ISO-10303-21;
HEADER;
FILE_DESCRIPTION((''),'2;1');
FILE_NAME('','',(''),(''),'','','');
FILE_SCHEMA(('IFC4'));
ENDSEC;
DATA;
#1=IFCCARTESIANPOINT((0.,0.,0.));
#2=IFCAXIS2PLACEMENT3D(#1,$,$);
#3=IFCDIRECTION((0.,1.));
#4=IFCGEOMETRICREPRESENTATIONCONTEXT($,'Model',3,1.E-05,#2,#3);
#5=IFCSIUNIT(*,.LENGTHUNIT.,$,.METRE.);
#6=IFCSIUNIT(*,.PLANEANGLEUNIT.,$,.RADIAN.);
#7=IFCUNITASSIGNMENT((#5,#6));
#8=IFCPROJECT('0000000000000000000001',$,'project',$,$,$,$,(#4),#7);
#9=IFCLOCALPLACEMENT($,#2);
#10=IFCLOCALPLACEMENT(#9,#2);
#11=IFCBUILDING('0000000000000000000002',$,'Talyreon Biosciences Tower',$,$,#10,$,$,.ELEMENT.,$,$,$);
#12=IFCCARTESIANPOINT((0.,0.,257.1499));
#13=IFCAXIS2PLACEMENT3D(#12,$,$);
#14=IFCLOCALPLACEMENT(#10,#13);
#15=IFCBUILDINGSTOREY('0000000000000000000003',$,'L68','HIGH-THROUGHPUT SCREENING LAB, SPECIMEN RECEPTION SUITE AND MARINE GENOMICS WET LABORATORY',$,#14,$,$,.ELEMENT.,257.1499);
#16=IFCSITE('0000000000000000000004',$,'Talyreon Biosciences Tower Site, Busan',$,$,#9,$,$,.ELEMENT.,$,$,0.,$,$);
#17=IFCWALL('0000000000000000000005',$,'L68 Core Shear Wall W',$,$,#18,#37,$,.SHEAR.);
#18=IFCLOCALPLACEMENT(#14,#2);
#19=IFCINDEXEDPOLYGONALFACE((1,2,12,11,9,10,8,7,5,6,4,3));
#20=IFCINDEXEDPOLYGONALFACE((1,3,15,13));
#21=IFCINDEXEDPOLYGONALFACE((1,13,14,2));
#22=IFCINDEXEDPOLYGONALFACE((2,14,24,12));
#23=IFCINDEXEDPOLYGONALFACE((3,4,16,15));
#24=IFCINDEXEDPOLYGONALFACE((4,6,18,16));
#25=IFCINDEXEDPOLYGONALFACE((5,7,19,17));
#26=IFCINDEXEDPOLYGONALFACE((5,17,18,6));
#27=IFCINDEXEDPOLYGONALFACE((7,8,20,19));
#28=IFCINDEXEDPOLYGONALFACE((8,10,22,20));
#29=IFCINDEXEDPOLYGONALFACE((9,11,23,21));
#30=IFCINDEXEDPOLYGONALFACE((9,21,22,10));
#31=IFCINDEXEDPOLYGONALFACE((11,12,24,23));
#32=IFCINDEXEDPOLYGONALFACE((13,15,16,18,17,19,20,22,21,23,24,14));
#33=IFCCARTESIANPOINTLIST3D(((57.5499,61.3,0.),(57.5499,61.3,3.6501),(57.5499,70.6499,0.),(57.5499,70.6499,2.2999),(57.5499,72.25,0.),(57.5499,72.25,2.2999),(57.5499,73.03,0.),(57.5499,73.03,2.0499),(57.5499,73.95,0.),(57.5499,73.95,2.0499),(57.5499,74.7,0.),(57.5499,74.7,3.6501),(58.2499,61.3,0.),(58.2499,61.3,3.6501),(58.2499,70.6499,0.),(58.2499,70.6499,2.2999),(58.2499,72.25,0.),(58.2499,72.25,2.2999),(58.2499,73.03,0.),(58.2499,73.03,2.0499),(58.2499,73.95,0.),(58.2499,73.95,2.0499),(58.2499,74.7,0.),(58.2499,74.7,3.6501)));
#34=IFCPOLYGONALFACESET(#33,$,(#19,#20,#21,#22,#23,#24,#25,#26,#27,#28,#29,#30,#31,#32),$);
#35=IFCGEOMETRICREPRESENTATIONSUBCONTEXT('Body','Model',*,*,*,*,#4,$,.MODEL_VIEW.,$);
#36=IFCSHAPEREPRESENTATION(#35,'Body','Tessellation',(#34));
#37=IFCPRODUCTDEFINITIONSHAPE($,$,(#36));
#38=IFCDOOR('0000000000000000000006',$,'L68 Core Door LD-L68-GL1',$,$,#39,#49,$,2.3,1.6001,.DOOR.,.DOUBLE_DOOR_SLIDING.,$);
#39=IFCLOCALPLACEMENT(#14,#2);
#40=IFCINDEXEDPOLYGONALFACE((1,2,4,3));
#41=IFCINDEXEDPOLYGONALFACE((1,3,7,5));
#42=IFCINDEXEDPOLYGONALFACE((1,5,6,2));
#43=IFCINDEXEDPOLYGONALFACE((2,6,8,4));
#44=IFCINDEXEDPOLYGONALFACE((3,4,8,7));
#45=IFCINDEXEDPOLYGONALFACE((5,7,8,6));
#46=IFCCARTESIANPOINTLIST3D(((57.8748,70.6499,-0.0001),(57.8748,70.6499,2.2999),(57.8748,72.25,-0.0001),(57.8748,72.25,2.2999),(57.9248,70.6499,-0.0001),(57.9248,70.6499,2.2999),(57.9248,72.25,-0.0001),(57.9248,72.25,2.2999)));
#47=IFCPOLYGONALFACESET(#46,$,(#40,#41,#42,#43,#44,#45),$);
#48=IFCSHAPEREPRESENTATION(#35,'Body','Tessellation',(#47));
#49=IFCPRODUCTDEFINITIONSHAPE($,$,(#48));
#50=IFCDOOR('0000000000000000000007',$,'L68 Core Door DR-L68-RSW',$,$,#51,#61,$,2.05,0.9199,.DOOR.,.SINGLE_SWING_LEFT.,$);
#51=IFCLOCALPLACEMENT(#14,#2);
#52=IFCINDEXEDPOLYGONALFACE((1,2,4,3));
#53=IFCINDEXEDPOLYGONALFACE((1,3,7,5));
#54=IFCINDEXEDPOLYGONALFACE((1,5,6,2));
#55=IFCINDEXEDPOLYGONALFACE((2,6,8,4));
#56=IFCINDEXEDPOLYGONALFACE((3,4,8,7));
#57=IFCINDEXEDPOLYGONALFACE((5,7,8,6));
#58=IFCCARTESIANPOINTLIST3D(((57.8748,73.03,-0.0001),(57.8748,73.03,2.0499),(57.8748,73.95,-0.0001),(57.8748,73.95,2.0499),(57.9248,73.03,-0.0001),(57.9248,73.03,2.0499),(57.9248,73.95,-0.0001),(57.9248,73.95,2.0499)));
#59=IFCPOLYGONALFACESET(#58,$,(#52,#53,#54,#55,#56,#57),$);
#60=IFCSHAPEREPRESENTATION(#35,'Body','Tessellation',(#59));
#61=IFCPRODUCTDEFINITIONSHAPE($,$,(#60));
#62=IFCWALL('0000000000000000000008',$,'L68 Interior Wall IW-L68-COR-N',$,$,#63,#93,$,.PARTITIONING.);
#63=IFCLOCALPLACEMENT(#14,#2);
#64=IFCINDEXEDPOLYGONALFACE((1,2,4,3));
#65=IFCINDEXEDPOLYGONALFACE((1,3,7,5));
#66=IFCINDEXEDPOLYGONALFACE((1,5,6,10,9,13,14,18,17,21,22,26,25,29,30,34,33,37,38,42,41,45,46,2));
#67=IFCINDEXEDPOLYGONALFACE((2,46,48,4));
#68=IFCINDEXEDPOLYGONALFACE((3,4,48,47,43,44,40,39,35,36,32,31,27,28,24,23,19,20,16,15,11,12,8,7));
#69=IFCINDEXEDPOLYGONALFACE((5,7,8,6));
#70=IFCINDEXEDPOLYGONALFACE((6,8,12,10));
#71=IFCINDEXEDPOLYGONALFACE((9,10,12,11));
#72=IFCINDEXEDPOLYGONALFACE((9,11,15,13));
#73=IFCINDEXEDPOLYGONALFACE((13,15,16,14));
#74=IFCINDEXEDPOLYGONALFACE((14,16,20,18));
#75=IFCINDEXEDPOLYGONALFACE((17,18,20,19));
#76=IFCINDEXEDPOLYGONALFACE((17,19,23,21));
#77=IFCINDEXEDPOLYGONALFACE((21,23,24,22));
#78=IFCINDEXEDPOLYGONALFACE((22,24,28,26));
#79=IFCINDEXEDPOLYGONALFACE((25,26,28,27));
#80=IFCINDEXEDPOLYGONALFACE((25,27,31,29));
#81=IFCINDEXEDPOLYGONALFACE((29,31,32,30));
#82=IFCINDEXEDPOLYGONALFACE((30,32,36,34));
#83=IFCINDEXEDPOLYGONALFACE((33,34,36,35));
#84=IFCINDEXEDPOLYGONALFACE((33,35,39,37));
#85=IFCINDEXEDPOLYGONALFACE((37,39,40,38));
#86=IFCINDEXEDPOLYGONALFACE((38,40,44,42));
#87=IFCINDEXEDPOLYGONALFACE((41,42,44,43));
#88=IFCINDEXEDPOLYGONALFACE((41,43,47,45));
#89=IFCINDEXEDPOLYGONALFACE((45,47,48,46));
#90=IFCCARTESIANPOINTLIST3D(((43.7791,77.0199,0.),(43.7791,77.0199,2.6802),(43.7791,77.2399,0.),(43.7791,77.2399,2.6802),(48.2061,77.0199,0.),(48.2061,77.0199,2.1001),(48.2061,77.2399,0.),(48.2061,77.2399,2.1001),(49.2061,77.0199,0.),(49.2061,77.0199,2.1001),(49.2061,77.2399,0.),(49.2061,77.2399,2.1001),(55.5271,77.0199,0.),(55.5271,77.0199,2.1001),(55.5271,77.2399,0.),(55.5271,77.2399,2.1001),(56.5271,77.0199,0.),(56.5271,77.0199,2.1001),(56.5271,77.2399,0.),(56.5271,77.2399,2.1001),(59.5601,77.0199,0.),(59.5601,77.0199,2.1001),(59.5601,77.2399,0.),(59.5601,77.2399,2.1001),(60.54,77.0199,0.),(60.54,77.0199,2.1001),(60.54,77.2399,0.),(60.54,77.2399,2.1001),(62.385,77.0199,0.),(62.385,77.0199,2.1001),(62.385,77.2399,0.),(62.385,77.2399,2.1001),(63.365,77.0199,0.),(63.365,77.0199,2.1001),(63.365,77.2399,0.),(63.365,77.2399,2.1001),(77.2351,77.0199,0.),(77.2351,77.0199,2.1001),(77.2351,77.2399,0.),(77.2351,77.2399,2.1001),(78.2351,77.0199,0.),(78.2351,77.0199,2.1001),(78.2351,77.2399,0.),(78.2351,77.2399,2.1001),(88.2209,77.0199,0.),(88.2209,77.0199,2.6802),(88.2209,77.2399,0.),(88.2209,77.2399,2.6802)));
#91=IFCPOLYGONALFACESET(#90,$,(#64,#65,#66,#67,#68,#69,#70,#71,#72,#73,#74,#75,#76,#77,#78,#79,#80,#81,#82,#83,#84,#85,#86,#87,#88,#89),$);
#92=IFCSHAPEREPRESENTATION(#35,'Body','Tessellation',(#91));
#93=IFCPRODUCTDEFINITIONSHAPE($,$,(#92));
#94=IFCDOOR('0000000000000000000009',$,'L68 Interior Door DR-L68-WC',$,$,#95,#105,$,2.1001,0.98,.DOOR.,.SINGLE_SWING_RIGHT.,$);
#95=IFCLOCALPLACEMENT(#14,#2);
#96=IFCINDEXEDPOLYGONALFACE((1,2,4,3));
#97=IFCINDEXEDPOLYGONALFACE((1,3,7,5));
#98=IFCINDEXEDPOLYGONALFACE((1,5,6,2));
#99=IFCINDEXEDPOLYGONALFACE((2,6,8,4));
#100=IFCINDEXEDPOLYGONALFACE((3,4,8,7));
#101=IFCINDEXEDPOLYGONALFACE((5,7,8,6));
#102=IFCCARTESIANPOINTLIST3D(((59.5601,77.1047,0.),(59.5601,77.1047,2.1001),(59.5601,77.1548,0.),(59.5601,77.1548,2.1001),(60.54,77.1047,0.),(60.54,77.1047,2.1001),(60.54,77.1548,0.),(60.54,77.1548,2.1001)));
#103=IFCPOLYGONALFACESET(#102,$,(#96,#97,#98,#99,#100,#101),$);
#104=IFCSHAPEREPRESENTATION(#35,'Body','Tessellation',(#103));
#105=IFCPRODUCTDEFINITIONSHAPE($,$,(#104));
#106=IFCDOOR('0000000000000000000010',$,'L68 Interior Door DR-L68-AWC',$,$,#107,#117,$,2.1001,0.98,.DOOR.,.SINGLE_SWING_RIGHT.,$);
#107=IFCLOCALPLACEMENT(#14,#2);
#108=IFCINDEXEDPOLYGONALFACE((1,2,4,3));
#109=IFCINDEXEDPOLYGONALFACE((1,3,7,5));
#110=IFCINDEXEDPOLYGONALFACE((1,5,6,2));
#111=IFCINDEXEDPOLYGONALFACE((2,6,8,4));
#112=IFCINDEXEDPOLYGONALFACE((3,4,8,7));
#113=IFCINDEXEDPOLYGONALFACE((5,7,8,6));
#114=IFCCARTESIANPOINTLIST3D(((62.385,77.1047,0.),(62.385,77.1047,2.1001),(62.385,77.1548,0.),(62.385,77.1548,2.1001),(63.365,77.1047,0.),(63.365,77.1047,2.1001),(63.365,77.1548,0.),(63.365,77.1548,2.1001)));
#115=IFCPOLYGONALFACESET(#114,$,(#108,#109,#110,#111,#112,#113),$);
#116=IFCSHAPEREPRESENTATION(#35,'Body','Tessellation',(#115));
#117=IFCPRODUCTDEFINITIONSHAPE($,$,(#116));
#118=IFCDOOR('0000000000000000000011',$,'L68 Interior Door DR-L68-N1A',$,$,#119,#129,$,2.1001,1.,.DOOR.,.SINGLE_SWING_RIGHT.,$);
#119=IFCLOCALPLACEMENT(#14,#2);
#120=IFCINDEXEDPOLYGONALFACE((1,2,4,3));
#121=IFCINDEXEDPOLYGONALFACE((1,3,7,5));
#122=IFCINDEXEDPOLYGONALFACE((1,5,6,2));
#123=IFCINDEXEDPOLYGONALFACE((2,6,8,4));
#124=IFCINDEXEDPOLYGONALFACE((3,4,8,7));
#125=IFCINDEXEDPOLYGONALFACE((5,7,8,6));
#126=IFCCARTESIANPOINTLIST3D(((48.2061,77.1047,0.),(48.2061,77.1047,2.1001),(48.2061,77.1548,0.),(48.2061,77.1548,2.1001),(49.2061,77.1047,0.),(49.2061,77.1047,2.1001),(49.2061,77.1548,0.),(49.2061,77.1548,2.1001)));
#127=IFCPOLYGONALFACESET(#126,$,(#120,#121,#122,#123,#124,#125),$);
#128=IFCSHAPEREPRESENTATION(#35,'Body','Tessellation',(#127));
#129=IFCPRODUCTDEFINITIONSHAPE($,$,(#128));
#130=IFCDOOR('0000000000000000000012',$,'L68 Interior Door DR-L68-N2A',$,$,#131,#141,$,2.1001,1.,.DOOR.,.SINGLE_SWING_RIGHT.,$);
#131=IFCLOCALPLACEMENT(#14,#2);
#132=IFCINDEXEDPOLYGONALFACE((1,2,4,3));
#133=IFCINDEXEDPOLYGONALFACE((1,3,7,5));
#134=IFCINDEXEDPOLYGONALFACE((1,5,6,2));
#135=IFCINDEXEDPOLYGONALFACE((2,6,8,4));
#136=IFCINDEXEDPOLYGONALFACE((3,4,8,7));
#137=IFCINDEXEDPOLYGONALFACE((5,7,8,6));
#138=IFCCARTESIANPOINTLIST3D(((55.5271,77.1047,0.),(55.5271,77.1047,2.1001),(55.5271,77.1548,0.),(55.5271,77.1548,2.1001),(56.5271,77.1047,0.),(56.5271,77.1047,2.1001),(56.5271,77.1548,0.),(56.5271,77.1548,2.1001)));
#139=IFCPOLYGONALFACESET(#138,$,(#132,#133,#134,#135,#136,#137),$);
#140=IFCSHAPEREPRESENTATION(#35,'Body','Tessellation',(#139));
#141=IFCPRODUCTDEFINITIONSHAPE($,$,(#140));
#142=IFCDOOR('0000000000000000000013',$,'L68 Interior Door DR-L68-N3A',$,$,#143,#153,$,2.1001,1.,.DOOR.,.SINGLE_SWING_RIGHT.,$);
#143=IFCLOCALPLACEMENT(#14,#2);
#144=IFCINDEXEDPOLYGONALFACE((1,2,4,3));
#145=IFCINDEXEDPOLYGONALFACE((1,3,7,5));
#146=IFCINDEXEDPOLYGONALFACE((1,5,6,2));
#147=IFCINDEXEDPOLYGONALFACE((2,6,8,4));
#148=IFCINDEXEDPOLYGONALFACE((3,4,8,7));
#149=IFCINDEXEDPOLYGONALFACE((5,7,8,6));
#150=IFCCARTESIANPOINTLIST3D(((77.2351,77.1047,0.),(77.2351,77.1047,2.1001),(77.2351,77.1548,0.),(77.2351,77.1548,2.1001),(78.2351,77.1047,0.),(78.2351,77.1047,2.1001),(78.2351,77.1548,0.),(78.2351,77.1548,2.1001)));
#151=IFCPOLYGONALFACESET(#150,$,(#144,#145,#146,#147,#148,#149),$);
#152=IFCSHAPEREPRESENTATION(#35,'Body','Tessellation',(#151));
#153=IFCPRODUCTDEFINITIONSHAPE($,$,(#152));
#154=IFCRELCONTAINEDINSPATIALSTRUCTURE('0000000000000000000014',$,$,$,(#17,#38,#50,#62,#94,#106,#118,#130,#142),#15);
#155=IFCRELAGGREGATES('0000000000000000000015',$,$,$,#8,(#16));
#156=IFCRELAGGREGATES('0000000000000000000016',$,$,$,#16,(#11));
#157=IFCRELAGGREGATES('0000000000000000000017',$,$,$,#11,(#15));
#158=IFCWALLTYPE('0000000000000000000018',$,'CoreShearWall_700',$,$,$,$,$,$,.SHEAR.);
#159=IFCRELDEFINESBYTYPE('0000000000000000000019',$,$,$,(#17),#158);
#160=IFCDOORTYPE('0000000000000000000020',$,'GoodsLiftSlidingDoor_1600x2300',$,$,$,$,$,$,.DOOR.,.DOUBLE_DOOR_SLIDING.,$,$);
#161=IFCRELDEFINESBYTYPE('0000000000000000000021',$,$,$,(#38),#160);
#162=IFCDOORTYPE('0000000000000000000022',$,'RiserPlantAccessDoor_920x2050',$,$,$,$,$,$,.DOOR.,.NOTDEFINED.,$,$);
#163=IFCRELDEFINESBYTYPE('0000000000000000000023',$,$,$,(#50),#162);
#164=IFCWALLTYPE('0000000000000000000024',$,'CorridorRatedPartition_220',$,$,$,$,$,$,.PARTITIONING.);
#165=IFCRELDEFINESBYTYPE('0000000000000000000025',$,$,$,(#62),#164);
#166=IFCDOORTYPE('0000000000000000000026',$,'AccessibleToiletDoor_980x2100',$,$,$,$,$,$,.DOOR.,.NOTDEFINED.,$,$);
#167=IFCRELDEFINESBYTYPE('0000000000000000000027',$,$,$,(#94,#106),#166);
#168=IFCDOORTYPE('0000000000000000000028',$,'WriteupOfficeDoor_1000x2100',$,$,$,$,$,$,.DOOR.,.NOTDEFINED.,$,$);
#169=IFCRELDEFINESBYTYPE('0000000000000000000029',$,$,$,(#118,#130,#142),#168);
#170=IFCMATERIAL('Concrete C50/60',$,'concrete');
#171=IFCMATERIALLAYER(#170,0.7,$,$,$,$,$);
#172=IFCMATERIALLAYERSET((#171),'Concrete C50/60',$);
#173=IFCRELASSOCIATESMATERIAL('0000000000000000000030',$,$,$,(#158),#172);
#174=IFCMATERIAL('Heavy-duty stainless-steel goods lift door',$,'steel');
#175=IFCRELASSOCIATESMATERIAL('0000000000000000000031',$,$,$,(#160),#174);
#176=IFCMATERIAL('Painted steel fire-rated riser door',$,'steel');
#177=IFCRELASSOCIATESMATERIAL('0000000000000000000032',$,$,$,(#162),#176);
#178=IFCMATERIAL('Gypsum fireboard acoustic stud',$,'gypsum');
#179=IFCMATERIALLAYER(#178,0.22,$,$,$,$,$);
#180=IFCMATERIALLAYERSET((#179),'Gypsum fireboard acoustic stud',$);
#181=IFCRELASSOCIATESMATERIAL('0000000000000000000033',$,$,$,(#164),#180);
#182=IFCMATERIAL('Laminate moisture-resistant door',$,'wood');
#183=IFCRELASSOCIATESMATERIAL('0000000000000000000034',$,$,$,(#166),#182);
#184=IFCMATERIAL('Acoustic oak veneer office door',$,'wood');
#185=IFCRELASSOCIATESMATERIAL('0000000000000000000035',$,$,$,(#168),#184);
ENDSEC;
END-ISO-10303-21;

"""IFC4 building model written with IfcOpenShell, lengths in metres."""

from ifc_helpers import new_model, si_unit, direction, frame, frame_2d, origin, place, context, subcontext, project, spatial, rectangle, extrude, material, layer, layer_set, type_object, element, fill, save


model = new_model("IFC4")

# Units and contexts
model_context = context("Model", 3, precision=1e-05, world=origin(), true_north=direction((0.0, 1.0)))
body_context = subcontext(model_context, "Body", "Model", "MODEL_VIEW")
ifc_project = project(units=[si_unit("LENGTHUNIT", "METRE"), si_unit("PLANEANGLEUNIT", "RADIAN")], contexts=[model_context])

# Site, building, storey
site_placement = place(None, origin())
site = spatial("IfcSite", under=ifc_project, at=site_placement, Name="Talyreon Biosciences Tower Site, Busan", CompositionType="ELEMENT", RefElevation=0.0)
building_placement = place(site_placement, origin())
building = spatial("IfcBuilding", under=site, at=building_placement, Name="Talyreon Biosciences Tower", CompositionType="ELEMENT")
storey_placement = place(building_placement, frame((0.0, 0.0, 257.1499)))
storey = spatial("IfcBuildingStorey", under=building, at=storey_placement, Name="L68", Description="HIGH-THROUGHPUT SCREENING LAB, SPECIMEN RECEPTION SUITE AND MARINE GENOMICS WET LABORATORY", CompositionType="ELEMENT", Elevation=257.1499)

# Shared definitions
ifc_material_1 = material(Name="Concrete C50/60", Category="concrete")

# Walls, openings, doors
ifc_layer_1 = layer(ifc_material_1, 0.7)
ifc_layer_set_1 = layer_set([ifc_layer_1], Name="Concrete C50/60")
wall_type_1 = type_object("IfcWallType", Name="CoreShearWall_700", PredefinedType="SHEAR", material=ifc_layer_set_1)
wall_1_placement = place(storey_placement, frame((57.8999, 74.7, 0.0), z_axis=(0.0, 0.0, 1.0), x_axis=(0.0, -1.0, 0.0)))
wall_1 = element("IfcWall", 1, at=wall_1_placement, inside=storey, type_object=wall_type_1, Name="L68 Core Shear Wall W", PredefinedType="SHEAR", context=body_context, shape_type="SweptSolid", body=[
    extrude(rectangle(XDim=13.3999, YDim=0.7, at=frame_2d((6.7, 0.0))), origin(), (0.0, 0.0, 1.0), 3.6501),
])
opening_1_placement = place(wall_1_placement, frame((0.75, 0.0, 0.0)))
opening_1 = element("IfcOpeningElement", 2, at=opening_1_placement, cuts=wall_1, PredefinedType="OPENING", context=body_context, shape_type="SweptSolid", body=[
    extrude(rectangle(XDim=0.9199, YDim=2.05, at=frame_2d((0.46, 1.0249))), frame((0.0, 0.3599, 0.0), z_axis=(0.0, -1.0, 0.0), x_axis=(1.0, 0.0, 0.0)), (0.0, 0.0, 1.0), 0.72),
])
opening_2_placement = place(wall_1_placement, frame((2.45, 0.0, 0.0)))
opening_2 = element("IfcOpeningElement", 3, at=opening_2_placement, cuts=wall_1, PredefinedType="OPENING", context=body_context, shape_type="SweptSolid", body=[
    extrude(rectangle(XDim=1.6001, YDim=2.3, at=frame_2d((0.8, 1.1499))), frame((0.0, 0.3599, 0.0), z_axis=(0.0, -1.0, 0.0), x_axis=(1.0, 0.0, 0.0)), (0.0, 0.0, 1.0), 0.72),
])
ifc_material_2 = material(Name="Heavy-duty stainless-steel goods lift door", Category="steel")
door_type_1 = type_object("IfcDoorType", Name="GoodsLiftSlidingDoor_1600x2300", OperationType="DOUBLE_DOOR_SLIDING", PredefinedType="DOOR", material=ifc_material_2)
door_1_placement = place(opening_2_placement, origin())
door_1 = element("IfcDoor", 4, at=door_1_placement, inside=storey, type_object=door_type_1, Name="L68 Core Door LD-L68-GL1", OperationType="DOUBLE_DOOR_SLIDING", OverallHeight=2.3, OverallWidth=1.6001, PredefinedType="DOOR", context=body_context, shape_type="SweptSolid", body=[
    extrude(rectangle(XDim=1.6001, YDim=2.3, at=frame_2d((0.8, 1.1499))), frame((0.0, 0.0249, 0.0), z_axis=(0.0, -1.0, 0.0), x_axis=(1.0, 0.0, 0.0)), (0.0, 0.0, 1.0), 0.05),
])
fill(opening_2, door_1)
ifc_material_3 = material(Name="Painted steel fire-rated riser door", Category="steel")
door_type_2 = type_object("IfcDoorType", Name="RiserPlantAccessDoor_920x2050", OperationType="NOTDEFINED", PredefinedType="DOOR", material=ifc_material_3)
door_2_placement = place(opening_1_placement, origin())
door_2 = element("IfcDoor", 5, at=door_2_placement, inside=storey, type_object=door_type_2, Name="L68 Core Door DR-L68-RSW", OperationType="SINGLE_SWING_LEFT", OverallHeight=2.05, OverallWidth=0.9199, PredefinedType="DOOR", context=body_context, shape_type="SweptSolid", body=[
    extrude(rectangle(XDim=0.9199, YDim=2.05, at=frame_2d((0.46, 1.0249))), frame((0.0, 0.0249, 0.0), z_axis=(0.0, -1.0, 0.0), x_axis=(1.0, 0.0, 0.0)), (0.0, 0.0, 1.0), 0.05),
])
fill(opening_1, door_2)
ifc_material_4 = material(Name="Gypsum fireboard acoustic stud", Category="gypsum")
ifc_layer_2 = layer(ifc_material_4, 0.22)
ifc_layer_set_2 = layer_set([ifc_layer_2], Name="Gypsum fireboard acoustic stud")
wall_type_2 = type_object("IfcWallType", Name="CorridorRatedPartition_220", PredefinedType="PARTITIONING", material=ifc_layer_set_2)
wall_2_placement = place(storey_placement, frame((43.7791, 77.1299, 0.0), z_axis=(0.0, 0.0, 1.0), x_axis=(1.0, 0.0, 0.0)))
wall_2 = element("IfcWall", 6, at=wall_2_placement, inside=storey, type_object=wall_type_2, Name="L68 Interior Wall IW-L68-COR-N", PredefinedType="PARTITIONING", context=body_context, shape_type="SweptSolid", body=[
    extrude(rectangle(XDim=44.4419, YDim=0.22, at=frame_2d((22.2209, 0.0))), origin(), (0.0, 0.0, 1.0), 2.6802),
])
opening_3_placement = place(wall_2_placement, frame((15.781, 0.0, 0.0)))
opening_3 = element("IfcOpeningElement", 7, at=opening_3_placement, cuts=wall_2, PredefinedType="OPENING", context=body_context, shape_type="SweptSolid", body=[
    extrude(rectangle(XDim=0.98, YDim=2.1001, at=frame_2d((0.49, 1.05))), frame((0.0, 0.1199, 0.0), z_axis=(0.0, -1.0, 0.0), x_axis=(1.0, 0.0, 0.0)), (0.0, 0.0, 1.0), 0.24),
])
opening_4_placement = place(wall_2_placement, frame((18.606, 0.0, 0.0)))
opening_4 = element("IfcOpeningElement", 8, at=opening_4_placement, cuts=wall_2, PredefinedType="OPENING", context=body_context, shape_type="SweptSolid", body=[
    extrude(rectangle(XDim=0.98, YDim=2.1001, at=frame_2d((0.49, 1.05))), frame((0.0, 0.1199, 0.0), z_axis=(0.0, -1.0, 0.0), x_axis=(1.0, 0.0, 0.0)), (0.0, 0.0, 1.0), 0.24),
])
opening_5_placement = place(wall_2_placement, frame((4.427, 0.0, 0.0)))
opening_5 = element("IfcOpeningElement", 9, at=opening_5_placement, cuts=wall_2, PredefinedType="OPENING", context=body_context, shape_type="SweptSolid", body=[
    extrude(rectangle(XDim=1.0, YDim=2.1001, at=frame_2d((0.5, 1.05))), frame((0.0, 0.1199, 0.0), z_axis=(0.0, -1.0, 0.0), x_axis=(1.0, 0.0, 0.0)), (0.0, 0.0, 1.0), 0.24),
])
opening_6_placement = place(wall_2_placement, frame((11.748, 0.0, 0.0)))
opening_6 = element("IfcOpeningElement", 10, at=opening_6_placement, cuts=wall_2, PredefinedType="OPENING", context=body_context, shape_type="SweptSolid", body=[
    extrude(rectangle(XDim=1.0, YDim=2.1001, at=frame_2d((0.5, 1.05))), frame((0.0, 0.1199, 0.0), z_axis=(0.0, -1.0, 0.0), x_axis=(1.0, 0.0, 0.0)), (0.0, 0.0, 1.0), 0.24),
])
opening_7_placement = place(wall_2_placement, frame((33.4561, 0.0, 0.0)))
opening_7 = element("IfcOpeningElement", 11, at=opening_7_placement, cuts=wall_2, PredefinedType="OPENING", context=body_context, shape_type="SweptSolid", body=[
    extrude(rectangle(XDim=1.0, YDim=2.1001, at=frame_2d((0.5, 1.05))), frame((0.0, 0.1199, 0.0), z_axis=(0.0, -1.0, 0.0), x_axis=(1.0, 0.0, 0.0)), (0.0, 0.0, 1.0), 0.24),
])
ifc_material_5 = material(Name="Laminate moisture-resistant door", Category="wood")
door_type_3 = type_object("IfcDoorType", Name="AccessibleToiletDoor_980x2100", OperationType="NOTDEFINED", PredefinedType="DOOR", material=ifc_material_5)
door_3_placement = place(opening_3_placement, origin())
door_3 = element("IfcDoor", 12, at=door_3_placement, inside=storey, type_object=door_type_3, Name="L68 Interior Door DR-L68-WC", OperationType="SINGLE_SWING_RIGHT", OverallHeight=2.1001, OverallWidth=0.98, PredefinedType="DOOR", context=body_context, shape_type="SweptSolid", body=[
    extrude(rectangle(XDim=0.98, YDim=2.1001, at=frame_2d((0.49, 1.05))), frame((0.0, 0.0249, 0.0), z_axis=(0.0, -1.0, 0.0), x_axis=(1.0, 0.0, 0.0)), (0.0, 0.0, 1.0), 0.05),
])
fill(opening_3, door_3)
door_4_placement = place(opening_4_placement, origin())
door_4 = element("IfcDoor", 13, at=door_4_placement, inside=storey, type_object=door_type_3, Name="L68 Interior Door DR-L68-AWC", OperationType="SINGLE_SWING_RIGHT", OverallHeight=2.1001, OverallWidth=0.98, PredefinedType="DOOR", context=body_context, shape_type="SweptSolid", body=[
    extrude(rectangle(XDim=0.98, YDim=2.1001, at=frame_2d((0.49, 1.05))), frame((0.0, 0.0249, 0.0), z_axis=(0.0, -1.0, 0.0), x_axis=(1.0, 0.0, 0.0)), (0.0, 0.0, 1.0), 0.05),
])
fill(opening_4, door_4)
ifc_material_6 = material(Name="Acoustic oak veneer office door", Category="wood")
door_type_4 = type_object("IfcDoorType", Name="WriteupOfficeDoor_1000x2100", OperationType="NOTDEFINED", PredefinedType="DOOR", material=ifc_material_6)
door_5_placement = place(opening_5_placement, origin())
door_5 = element("IfcDoor", 14, at=door_5_placement, inside=storey, type_object=door_type_4, Name="L68 Interior Door DR-L68-N1A", OperationType="SINGLE_SWING_RIGHT", OverallHeight=2.1001, OverallWidth=1.0, PredefinedType="DOOR", context=body_context, shape_type="SweptSolid", body=[
    extrude(rectangle(XDim=1.0, YDim=2.1001, at=frame_2d((0.5, 1.05))), frame((0.0, 0.0249, 0.0), z_axis=(0.0, -1.0, 0.0), x_axis=(1.0, 0.0, 0.0)), (0.0, 0.0, 1.0), 0.05),
])
fill(opening_5, door_5)
door_6_placement = place(opening_6_placement, origin())
door_6 = element("IfcDoor", 15, at=door_6_placement, inside=storey, type_object=door_type_4, Name="L68 Interior Door DR-L68-N2A", OperationType="SINGLE_SWING_RIGHT", OverallHeight=2.1001, OverallWidth=1.0, PredefinedType="DOOR", context=body_context, shape_type="SweptSolid", body=[
    extrude(rectangle(XDim=1.0, YDim=2.1001, at=frame_2d((0.5, 1.05))), frame((0.0, 0.0249, 0.0), z_axis=(0.0, -1.0, 0.0), x_axis=(1.0, 0.0, 0.0)), (0.0, 0.0, 1.0), 0.05),
])
fill(opening_6, door_6)
door_7_placement = place(opening_7_placement, origin())
door_7 = element("IfcDoor", 16, at=door_7_placement, inside=storey, type_object=door_type_4, Name="L68 Interior Door DR-L68-N3A", OperationType="SINGLE_SWING_RIGHT", OverallHeight=2.1001, OverallWidth=1.0, PredefinedType="DOOR", context=body_context, shape_type="SweptSolid", body=[
    extrude(rectangle(XDim=1.0, YDim=2.1001, at=frame_2d((0.5, 1.05))), frame((0.0, 0.0249, 0.0), z_axis=(0.0, -1.0, 0.0), x_axis=(1.0, 0.0, 0.0)), (0.0, 0.0, 1.0), 0.05),
])
fill(opening_7, door_7)

save(model, "model.ifc")
